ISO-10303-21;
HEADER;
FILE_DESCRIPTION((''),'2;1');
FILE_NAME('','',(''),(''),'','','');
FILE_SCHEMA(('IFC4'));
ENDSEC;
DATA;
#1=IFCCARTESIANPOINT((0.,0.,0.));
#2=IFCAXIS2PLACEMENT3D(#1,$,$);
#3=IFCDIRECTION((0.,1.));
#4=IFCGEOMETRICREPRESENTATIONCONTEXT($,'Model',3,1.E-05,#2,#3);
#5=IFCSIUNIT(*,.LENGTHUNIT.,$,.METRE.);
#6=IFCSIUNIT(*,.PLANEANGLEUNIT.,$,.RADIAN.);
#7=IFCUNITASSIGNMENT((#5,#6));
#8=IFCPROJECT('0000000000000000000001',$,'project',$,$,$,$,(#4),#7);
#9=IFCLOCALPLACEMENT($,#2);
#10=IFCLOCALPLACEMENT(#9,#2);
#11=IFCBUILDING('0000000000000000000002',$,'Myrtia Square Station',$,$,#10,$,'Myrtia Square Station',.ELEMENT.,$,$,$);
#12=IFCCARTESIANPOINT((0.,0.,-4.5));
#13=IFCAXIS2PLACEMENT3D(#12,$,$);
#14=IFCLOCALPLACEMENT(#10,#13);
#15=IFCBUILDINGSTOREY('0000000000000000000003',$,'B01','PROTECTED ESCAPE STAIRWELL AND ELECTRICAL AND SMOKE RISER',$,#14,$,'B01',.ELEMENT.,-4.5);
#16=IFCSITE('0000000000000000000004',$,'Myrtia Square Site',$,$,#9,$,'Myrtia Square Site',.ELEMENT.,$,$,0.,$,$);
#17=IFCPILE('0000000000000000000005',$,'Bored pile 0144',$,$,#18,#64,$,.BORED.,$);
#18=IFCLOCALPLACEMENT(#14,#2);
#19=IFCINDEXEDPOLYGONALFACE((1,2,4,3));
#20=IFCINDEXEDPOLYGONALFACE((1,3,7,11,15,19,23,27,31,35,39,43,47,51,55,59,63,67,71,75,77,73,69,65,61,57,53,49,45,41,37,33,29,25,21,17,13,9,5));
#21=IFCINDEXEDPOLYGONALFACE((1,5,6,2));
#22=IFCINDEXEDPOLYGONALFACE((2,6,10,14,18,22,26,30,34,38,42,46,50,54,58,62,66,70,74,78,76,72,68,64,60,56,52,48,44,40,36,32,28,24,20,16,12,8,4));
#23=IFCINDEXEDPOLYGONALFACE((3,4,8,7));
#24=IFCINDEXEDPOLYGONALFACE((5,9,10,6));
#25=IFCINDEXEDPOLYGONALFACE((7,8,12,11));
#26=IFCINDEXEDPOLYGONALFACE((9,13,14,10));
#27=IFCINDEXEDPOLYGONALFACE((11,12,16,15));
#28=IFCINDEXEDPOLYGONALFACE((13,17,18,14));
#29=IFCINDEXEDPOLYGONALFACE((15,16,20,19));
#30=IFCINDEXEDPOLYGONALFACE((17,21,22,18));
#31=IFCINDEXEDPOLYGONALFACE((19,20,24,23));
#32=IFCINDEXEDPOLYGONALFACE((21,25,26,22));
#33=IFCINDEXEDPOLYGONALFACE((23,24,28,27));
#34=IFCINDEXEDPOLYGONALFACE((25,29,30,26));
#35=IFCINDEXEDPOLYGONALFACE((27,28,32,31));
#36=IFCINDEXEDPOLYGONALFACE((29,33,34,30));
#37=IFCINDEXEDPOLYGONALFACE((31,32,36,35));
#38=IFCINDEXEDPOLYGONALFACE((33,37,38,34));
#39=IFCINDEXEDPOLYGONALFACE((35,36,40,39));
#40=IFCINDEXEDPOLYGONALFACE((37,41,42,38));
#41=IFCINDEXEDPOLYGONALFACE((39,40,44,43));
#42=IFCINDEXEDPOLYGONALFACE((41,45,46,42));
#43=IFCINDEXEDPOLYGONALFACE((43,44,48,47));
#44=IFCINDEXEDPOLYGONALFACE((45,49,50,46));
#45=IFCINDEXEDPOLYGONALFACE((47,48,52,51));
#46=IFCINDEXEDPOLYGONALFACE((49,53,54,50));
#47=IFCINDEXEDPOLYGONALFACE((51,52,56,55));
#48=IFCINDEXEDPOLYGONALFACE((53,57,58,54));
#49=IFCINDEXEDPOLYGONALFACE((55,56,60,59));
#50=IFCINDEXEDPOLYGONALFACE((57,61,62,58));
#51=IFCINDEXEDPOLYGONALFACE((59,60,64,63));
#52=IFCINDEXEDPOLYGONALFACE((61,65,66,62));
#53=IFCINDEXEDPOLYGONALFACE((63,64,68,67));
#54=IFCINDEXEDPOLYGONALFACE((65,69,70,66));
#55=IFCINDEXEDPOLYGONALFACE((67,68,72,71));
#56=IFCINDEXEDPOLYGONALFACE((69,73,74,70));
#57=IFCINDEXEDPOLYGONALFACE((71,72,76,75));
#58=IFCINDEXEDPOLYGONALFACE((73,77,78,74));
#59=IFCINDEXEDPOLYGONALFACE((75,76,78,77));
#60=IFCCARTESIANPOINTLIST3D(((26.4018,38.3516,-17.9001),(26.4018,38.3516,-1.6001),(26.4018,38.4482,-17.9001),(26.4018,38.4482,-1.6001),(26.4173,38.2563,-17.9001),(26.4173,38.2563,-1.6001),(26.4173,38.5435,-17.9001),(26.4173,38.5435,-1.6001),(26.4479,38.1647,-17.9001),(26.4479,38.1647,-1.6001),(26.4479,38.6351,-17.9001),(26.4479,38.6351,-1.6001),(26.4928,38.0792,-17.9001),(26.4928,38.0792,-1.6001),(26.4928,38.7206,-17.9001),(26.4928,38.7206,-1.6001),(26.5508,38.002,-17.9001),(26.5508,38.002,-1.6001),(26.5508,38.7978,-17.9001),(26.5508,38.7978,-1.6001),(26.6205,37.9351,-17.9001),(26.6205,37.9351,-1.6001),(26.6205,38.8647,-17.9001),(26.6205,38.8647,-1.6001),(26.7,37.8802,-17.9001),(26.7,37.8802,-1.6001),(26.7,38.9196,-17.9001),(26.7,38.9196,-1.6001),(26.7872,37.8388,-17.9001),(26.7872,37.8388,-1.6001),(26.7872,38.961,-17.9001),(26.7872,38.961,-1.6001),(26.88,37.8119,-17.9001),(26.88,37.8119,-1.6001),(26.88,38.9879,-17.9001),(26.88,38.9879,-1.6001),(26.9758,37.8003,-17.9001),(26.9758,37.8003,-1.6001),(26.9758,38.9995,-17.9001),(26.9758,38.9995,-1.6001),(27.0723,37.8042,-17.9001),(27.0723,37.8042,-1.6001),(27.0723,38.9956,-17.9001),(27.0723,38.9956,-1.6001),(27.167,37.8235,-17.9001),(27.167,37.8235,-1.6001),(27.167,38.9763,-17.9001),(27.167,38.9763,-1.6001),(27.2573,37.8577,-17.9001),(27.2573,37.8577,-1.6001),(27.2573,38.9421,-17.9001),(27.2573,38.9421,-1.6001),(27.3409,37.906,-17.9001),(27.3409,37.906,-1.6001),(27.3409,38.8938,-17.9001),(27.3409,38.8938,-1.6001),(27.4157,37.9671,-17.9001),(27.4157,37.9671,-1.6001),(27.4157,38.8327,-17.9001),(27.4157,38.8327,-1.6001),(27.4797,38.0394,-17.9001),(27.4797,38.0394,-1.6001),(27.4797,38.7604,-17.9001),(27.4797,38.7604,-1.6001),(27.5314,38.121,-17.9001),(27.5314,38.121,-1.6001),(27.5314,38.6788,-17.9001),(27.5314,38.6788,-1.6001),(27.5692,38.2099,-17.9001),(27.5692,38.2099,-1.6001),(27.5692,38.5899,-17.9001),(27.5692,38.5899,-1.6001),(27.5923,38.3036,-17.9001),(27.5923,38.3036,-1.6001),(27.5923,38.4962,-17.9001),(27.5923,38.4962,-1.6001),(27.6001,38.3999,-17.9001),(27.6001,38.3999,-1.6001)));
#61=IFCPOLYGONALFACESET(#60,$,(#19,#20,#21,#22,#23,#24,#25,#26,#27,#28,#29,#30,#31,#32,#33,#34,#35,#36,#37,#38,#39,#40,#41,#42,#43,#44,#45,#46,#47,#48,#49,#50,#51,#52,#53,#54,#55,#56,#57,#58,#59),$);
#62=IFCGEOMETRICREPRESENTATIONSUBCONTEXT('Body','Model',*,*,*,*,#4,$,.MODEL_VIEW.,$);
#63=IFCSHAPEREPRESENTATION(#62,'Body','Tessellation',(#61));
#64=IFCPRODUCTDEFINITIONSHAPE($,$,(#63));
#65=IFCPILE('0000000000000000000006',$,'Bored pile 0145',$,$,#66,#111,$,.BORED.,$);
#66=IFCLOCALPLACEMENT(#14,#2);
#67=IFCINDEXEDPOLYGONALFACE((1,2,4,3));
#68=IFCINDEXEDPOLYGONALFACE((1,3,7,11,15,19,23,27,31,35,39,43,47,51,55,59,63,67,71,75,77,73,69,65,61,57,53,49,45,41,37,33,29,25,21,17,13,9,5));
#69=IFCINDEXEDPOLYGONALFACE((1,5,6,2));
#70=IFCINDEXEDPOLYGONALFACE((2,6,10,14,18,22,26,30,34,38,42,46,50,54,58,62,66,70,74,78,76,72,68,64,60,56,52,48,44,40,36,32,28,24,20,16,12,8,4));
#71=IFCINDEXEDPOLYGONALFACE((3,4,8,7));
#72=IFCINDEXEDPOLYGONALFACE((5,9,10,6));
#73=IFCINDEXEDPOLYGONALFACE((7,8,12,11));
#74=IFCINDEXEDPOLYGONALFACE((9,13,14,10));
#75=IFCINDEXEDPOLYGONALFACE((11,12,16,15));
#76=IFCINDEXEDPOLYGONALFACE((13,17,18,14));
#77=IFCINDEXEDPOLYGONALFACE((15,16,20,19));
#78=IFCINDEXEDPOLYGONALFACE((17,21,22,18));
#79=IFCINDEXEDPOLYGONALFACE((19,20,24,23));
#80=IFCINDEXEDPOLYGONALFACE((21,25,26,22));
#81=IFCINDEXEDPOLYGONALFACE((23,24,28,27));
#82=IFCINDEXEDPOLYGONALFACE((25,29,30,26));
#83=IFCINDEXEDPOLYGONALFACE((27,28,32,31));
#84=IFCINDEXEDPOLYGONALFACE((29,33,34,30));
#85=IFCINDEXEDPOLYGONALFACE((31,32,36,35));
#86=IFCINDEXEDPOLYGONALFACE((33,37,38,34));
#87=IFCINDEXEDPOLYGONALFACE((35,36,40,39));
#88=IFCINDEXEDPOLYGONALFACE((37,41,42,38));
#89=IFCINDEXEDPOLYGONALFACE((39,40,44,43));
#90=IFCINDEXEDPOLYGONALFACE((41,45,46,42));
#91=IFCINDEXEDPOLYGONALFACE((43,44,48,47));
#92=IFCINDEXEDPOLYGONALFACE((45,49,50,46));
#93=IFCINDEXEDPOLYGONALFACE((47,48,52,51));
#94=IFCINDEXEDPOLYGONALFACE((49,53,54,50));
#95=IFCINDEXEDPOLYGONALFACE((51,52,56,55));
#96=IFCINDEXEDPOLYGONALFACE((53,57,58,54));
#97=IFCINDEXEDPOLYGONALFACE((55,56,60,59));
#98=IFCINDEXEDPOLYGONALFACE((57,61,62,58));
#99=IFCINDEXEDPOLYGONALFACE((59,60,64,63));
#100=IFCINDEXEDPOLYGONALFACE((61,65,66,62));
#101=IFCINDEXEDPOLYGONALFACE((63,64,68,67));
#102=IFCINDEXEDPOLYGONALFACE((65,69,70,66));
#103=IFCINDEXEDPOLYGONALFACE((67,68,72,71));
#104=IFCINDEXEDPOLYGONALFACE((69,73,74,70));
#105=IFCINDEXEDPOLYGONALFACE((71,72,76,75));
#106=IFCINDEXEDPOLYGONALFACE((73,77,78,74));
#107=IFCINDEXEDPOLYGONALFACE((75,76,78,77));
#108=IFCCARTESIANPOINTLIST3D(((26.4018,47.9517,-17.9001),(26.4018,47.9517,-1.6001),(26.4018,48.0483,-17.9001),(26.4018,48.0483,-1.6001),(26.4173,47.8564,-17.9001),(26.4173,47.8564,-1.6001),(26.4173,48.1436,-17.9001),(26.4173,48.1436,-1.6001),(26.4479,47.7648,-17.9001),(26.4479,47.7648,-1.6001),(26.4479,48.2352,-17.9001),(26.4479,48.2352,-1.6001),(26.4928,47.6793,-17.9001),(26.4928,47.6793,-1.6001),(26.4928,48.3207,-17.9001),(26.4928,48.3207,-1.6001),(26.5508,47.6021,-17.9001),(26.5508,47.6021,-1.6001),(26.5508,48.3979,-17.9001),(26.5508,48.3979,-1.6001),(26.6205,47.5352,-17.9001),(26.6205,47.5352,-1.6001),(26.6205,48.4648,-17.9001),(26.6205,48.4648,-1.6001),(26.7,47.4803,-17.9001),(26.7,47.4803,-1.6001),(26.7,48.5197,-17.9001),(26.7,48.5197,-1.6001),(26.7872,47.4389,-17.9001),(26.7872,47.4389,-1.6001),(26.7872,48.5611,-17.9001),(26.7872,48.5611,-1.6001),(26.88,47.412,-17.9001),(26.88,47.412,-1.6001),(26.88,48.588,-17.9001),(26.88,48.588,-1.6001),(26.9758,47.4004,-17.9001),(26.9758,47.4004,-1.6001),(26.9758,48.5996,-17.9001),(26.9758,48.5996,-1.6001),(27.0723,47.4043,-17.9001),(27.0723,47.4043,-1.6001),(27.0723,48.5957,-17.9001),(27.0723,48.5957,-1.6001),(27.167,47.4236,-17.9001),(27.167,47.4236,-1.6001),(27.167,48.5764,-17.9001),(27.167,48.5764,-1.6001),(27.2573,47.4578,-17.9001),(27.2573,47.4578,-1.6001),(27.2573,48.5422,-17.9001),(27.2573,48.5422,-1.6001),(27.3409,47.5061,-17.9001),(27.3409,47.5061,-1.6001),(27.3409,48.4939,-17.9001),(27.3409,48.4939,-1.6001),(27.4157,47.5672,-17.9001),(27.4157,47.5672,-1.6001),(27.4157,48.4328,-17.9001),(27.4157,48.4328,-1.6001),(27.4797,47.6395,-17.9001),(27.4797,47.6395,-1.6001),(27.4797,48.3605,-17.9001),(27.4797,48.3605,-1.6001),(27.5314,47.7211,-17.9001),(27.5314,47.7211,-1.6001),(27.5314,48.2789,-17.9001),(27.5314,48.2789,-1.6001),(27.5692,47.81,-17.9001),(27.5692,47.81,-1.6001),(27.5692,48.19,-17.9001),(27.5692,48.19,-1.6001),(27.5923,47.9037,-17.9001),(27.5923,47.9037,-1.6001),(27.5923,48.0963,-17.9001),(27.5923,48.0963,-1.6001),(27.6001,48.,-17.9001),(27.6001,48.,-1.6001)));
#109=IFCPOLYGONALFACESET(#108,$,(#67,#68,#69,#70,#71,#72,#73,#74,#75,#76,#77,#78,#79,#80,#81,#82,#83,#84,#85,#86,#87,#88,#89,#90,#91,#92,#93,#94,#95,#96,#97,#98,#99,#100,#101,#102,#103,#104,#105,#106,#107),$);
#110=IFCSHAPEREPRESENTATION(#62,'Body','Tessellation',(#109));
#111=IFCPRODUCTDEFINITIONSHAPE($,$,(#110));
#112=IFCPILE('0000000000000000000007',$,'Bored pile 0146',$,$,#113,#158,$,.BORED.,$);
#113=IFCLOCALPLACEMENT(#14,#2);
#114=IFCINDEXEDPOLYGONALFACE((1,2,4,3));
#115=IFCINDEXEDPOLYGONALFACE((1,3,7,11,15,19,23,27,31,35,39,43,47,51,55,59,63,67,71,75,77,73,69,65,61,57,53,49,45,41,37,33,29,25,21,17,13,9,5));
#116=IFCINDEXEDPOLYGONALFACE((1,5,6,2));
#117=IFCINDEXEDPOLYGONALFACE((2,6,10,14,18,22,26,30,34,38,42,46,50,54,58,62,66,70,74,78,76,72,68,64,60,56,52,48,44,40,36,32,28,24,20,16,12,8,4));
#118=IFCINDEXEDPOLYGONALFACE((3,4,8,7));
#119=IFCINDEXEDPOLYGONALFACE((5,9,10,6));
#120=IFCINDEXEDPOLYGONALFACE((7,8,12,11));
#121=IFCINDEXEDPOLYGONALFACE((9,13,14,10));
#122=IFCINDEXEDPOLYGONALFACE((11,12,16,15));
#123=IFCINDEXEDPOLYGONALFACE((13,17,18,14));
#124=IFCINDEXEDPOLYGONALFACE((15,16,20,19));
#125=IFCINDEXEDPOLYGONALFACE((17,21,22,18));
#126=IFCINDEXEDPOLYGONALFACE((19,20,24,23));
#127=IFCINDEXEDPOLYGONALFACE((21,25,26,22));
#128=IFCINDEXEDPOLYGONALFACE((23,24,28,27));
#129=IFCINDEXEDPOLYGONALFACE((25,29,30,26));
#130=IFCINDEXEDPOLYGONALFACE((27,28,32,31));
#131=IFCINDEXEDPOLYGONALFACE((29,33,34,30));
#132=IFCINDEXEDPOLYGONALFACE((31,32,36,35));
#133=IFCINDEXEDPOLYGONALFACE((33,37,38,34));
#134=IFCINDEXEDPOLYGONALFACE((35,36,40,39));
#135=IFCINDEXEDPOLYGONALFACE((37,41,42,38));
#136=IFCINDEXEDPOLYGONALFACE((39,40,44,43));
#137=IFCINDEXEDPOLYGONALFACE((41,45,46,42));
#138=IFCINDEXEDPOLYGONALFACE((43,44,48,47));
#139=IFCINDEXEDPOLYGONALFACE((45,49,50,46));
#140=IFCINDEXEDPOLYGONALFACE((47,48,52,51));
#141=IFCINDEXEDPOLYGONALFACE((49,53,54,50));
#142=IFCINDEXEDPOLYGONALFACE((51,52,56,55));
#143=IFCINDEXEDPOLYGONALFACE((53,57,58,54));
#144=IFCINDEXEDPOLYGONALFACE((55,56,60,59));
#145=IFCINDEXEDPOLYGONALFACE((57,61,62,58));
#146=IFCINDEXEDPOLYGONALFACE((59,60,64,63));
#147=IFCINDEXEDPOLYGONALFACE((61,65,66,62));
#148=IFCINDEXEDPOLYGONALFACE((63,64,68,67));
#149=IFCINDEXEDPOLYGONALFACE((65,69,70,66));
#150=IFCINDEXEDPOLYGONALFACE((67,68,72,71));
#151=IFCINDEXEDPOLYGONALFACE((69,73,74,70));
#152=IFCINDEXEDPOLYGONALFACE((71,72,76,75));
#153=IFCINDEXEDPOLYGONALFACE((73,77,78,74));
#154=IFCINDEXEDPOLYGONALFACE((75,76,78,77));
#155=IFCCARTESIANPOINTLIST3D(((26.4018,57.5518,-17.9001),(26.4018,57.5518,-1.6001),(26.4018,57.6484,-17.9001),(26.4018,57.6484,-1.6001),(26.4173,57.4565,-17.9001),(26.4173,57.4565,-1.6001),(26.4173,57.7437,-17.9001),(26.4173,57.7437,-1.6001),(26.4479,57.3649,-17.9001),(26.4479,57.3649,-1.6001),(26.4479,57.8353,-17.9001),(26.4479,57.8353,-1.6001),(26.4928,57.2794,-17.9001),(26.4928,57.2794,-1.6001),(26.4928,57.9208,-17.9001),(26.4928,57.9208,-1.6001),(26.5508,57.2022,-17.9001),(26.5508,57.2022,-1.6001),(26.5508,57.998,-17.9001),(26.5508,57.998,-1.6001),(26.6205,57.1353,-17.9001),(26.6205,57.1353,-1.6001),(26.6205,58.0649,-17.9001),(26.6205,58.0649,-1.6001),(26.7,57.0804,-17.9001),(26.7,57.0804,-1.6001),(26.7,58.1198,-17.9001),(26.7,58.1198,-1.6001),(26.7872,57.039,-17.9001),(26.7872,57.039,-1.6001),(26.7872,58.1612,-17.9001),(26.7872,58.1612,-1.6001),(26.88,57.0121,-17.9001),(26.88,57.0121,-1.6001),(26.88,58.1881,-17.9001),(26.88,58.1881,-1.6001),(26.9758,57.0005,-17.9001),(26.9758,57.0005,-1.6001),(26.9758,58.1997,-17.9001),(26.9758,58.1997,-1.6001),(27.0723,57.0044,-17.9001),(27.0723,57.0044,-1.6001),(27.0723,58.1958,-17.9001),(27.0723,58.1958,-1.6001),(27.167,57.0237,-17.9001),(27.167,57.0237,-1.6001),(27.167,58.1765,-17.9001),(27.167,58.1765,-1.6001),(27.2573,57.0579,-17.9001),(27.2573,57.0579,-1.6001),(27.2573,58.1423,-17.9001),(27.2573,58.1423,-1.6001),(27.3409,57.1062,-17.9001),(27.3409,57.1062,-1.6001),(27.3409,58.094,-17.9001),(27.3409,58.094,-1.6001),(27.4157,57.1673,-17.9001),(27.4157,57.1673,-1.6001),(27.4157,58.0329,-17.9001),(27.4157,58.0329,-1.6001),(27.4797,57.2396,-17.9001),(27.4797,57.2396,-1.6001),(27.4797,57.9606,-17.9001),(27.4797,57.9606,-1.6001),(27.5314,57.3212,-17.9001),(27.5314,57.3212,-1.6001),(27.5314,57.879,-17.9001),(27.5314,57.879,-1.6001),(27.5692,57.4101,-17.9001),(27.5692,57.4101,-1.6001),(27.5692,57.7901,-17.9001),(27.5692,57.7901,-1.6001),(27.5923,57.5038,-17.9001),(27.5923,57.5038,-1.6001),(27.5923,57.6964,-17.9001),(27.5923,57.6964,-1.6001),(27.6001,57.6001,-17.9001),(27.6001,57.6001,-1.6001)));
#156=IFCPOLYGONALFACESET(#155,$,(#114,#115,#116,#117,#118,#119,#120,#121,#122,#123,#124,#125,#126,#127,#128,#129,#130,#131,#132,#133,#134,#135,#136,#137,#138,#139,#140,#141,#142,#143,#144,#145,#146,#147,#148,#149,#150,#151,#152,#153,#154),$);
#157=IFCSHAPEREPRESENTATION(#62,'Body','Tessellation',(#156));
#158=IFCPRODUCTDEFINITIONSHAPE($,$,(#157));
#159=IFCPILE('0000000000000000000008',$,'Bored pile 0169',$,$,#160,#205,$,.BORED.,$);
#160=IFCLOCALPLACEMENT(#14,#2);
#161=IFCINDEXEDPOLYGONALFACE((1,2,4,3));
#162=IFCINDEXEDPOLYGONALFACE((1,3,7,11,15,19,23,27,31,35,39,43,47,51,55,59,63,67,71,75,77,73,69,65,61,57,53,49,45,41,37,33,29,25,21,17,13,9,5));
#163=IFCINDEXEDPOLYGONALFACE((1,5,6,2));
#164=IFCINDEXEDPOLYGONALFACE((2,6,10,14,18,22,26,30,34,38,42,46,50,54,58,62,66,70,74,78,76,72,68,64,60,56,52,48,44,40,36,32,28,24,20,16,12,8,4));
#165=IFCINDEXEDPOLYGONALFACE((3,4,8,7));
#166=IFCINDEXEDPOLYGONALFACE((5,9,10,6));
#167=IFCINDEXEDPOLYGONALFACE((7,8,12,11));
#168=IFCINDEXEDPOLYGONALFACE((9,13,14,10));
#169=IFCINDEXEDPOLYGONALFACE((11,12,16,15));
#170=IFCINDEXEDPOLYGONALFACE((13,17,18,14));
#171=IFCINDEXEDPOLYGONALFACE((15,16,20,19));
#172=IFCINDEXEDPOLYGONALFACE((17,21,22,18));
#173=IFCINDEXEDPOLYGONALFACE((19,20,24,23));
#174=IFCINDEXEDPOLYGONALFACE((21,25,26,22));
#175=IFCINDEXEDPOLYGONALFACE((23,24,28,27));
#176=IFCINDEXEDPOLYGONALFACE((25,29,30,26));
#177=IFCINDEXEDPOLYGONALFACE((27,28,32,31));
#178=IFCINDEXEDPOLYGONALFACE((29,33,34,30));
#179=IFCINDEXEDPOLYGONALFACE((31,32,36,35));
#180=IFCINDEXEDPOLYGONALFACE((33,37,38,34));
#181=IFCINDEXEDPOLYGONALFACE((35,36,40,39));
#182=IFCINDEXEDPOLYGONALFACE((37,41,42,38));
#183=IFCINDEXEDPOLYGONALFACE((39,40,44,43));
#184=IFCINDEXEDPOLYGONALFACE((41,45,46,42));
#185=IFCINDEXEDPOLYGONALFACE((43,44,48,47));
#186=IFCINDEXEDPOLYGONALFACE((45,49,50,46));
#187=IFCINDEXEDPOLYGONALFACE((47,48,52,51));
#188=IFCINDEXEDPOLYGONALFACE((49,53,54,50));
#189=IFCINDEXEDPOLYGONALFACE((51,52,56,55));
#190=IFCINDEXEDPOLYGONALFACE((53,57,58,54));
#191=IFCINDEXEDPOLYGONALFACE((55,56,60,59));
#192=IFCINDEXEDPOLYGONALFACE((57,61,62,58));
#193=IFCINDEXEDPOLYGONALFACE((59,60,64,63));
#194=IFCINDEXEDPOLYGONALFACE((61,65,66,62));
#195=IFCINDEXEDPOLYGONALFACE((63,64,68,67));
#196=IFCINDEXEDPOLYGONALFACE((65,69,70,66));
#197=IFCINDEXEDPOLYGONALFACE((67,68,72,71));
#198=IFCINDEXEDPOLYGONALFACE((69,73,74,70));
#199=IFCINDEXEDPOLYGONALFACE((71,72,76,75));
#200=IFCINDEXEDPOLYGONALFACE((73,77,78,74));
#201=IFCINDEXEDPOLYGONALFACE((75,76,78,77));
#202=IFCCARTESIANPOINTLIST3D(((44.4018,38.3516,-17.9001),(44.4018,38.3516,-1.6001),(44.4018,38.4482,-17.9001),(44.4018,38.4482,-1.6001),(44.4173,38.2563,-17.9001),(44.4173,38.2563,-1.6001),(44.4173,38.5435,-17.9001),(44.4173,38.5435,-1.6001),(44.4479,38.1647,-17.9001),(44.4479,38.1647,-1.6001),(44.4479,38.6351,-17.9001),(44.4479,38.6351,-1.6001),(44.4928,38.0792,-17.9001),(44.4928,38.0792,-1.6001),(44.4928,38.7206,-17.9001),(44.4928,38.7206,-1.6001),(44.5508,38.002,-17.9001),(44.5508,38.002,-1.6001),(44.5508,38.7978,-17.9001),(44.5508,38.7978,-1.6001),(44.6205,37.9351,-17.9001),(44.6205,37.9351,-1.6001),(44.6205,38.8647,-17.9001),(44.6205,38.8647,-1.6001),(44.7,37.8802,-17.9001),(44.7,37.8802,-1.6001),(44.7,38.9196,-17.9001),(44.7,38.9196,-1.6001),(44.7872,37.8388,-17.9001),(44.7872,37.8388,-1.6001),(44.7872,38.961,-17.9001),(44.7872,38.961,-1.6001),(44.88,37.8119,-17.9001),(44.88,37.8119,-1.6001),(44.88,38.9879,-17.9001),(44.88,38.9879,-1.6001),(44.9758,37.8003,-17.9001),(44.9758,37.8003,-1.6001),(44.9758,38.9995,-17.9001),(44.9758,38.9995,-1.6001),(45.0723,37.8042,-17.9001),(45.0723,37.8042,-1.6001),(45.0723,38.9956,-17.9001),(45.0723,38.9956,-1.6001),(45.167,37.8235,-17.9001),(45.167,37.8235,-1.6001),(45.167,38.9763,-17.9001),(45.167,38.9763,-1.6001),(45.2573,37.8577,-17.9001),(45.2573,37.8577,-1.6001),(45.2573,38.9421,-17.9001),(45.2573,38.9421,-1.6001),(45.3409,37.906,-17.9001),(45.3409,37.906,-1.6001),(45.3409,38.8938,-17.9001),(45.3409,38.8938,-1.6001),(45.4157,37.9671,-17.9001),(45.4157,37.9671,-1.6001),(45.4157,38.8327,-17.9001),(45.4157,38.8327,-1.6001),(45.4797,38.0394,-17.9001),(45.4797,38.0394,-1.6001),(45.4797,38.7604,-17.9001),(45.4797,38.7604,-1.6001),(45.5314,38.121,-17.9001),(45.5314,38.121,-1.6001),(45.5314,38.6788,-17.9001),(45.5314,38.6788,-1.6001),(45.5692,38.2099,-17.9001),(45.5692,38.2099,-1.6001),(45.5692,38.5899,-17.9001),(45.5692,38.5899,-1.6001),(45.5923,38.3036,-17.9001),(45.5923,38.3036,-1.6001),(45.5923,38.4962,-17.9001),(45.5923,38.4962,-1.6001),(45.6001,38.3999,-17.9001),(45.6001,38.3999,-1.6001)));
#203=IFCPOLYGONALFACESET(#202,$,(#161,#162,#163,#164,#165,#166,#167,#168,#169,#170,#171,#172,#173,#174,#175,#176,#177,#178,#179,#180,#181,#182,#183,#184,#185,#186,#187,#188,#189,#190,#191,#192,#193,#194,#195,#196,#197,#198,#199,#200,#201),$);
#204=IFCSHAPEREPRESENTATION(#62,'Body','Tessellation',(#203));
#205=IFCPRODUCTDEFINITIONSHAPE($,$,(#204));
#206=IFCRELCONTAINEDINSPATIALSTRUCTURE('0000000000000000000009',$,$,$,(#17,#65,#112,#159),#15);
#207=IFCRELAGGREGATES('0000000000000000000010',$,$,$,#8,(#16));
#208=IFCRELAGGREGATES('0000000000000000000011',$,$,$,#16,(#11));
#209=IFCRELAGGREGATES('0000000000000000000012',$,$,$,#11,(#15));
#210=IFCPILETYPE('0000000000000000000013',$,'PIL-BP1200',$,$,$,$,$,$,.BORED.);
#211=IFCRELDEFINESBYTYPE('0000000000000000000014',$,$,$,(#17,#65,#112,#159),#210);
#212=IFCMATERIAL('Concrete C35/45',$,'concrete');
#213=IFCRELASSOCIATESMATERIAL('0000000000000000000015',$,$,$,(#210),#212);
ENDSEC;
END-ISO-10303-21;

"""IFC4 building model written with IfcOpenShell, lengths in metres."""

from ifc_helpers import new_model, si_unit, direction, frame, origin, origin_2d, place, context, subcontext, project, spatial, circle, extrude, material, material_profile, profile_set, type_object, element, save


model = new_model("IFC4")

# Units and contexts
model_context = context("Model", 3, precision=1e-05, world=origin(), true_north=direction((0.0, 1.0)))
body_context = subcontext(model_context, "Body", "Model", "MODEL_VIEW")
ifc_project = project(units=[si_unit("LENGTHUNIT", "METRE"), si_unit("PLANEANGLEUNIT", "RADIAN")], contexts=[model_context])

# Site, building, storey
site_placement = place(None, origin())
site = spatial("IfcSite", under=ifc_project, at=site_placement, Name="Myrtia Square Site", LongName="Myrtia Square Site", CompositionType="ELEMENT", RefElevation=0.0)
building_placement = place(site_placement, origin())
building = spatial("IfcBuilding", under=site, at=building_placement, Name="Myrtia Square Station", LongName="Myrtia Square Station", CompositionType="ELEMENT")
storey_placement = place(building_placement, frame((0.0, 0.0, -4.5)))
storey = spatial("IfcBuildingStorey", under=building, at=storey_placement, Name="B01", Description="PROTECTED ESCAPE STAIRWELL AND ELECTRICAL AND SMOKE RISER", LongName="B01", CompositionType="ELEMENT", Elevation=-4.5)

# Shared definitions
ifc_material_1 = material(Name="Concrete C35/45", Category="concrete")

# Piles
ifc_material_profile_1 = material_profile(ifc_material_1, circle(Radius=0.6001, at=origin_2d()), Name="BP D1200")
ifc_profile_set_1 = profile_set([ifc_material_profile_1], Name="Concrete C35/45")
pile_type = type_object("IfcPileType", Name="PIL-BP1200", PredefinedType="BORED", material=ifc_profile_set_1)
for number, where, z_axis, x_axis, name in (
    (1, (27.0, 38.3999, -1.6001), (0.0, 0.0, -1.0), (1.0, 0.0, 0.0), "Bored pile 0144"),
    (2, (27.0, 48.0, -1.6001), (0.0, 0.0, -1.0), (1.0, 0.0, 0.0), "Bored pile 0145"),
    (3, (27.0, 57.6001, -1.6001), (0.0, 0.0, -1.0), (1.0, 0.0, 0.0), "Bored pile 0146"),
    (4, (45.0, 38.3999, -1.6001), (0.0, 0.0, -1.0), (1.0, 0.0, 0.0), "Bored pile 0169"),
):
    element("IfcPile", number, at=place(storey_placement, frame(where, z_axis=z_axis, x_axis=x_axis)), inside=storey, type_object=pile_type, Name=name, PredefinedType="BORED", context=body_context, shape_type="SweptSolid", body=[
        extrude(circle(Radius=0.6001, at=origin_2d()), origin(), (0.0, 0.0, 1.0), 16.3),
    ])

save(model, "model.ifc")
